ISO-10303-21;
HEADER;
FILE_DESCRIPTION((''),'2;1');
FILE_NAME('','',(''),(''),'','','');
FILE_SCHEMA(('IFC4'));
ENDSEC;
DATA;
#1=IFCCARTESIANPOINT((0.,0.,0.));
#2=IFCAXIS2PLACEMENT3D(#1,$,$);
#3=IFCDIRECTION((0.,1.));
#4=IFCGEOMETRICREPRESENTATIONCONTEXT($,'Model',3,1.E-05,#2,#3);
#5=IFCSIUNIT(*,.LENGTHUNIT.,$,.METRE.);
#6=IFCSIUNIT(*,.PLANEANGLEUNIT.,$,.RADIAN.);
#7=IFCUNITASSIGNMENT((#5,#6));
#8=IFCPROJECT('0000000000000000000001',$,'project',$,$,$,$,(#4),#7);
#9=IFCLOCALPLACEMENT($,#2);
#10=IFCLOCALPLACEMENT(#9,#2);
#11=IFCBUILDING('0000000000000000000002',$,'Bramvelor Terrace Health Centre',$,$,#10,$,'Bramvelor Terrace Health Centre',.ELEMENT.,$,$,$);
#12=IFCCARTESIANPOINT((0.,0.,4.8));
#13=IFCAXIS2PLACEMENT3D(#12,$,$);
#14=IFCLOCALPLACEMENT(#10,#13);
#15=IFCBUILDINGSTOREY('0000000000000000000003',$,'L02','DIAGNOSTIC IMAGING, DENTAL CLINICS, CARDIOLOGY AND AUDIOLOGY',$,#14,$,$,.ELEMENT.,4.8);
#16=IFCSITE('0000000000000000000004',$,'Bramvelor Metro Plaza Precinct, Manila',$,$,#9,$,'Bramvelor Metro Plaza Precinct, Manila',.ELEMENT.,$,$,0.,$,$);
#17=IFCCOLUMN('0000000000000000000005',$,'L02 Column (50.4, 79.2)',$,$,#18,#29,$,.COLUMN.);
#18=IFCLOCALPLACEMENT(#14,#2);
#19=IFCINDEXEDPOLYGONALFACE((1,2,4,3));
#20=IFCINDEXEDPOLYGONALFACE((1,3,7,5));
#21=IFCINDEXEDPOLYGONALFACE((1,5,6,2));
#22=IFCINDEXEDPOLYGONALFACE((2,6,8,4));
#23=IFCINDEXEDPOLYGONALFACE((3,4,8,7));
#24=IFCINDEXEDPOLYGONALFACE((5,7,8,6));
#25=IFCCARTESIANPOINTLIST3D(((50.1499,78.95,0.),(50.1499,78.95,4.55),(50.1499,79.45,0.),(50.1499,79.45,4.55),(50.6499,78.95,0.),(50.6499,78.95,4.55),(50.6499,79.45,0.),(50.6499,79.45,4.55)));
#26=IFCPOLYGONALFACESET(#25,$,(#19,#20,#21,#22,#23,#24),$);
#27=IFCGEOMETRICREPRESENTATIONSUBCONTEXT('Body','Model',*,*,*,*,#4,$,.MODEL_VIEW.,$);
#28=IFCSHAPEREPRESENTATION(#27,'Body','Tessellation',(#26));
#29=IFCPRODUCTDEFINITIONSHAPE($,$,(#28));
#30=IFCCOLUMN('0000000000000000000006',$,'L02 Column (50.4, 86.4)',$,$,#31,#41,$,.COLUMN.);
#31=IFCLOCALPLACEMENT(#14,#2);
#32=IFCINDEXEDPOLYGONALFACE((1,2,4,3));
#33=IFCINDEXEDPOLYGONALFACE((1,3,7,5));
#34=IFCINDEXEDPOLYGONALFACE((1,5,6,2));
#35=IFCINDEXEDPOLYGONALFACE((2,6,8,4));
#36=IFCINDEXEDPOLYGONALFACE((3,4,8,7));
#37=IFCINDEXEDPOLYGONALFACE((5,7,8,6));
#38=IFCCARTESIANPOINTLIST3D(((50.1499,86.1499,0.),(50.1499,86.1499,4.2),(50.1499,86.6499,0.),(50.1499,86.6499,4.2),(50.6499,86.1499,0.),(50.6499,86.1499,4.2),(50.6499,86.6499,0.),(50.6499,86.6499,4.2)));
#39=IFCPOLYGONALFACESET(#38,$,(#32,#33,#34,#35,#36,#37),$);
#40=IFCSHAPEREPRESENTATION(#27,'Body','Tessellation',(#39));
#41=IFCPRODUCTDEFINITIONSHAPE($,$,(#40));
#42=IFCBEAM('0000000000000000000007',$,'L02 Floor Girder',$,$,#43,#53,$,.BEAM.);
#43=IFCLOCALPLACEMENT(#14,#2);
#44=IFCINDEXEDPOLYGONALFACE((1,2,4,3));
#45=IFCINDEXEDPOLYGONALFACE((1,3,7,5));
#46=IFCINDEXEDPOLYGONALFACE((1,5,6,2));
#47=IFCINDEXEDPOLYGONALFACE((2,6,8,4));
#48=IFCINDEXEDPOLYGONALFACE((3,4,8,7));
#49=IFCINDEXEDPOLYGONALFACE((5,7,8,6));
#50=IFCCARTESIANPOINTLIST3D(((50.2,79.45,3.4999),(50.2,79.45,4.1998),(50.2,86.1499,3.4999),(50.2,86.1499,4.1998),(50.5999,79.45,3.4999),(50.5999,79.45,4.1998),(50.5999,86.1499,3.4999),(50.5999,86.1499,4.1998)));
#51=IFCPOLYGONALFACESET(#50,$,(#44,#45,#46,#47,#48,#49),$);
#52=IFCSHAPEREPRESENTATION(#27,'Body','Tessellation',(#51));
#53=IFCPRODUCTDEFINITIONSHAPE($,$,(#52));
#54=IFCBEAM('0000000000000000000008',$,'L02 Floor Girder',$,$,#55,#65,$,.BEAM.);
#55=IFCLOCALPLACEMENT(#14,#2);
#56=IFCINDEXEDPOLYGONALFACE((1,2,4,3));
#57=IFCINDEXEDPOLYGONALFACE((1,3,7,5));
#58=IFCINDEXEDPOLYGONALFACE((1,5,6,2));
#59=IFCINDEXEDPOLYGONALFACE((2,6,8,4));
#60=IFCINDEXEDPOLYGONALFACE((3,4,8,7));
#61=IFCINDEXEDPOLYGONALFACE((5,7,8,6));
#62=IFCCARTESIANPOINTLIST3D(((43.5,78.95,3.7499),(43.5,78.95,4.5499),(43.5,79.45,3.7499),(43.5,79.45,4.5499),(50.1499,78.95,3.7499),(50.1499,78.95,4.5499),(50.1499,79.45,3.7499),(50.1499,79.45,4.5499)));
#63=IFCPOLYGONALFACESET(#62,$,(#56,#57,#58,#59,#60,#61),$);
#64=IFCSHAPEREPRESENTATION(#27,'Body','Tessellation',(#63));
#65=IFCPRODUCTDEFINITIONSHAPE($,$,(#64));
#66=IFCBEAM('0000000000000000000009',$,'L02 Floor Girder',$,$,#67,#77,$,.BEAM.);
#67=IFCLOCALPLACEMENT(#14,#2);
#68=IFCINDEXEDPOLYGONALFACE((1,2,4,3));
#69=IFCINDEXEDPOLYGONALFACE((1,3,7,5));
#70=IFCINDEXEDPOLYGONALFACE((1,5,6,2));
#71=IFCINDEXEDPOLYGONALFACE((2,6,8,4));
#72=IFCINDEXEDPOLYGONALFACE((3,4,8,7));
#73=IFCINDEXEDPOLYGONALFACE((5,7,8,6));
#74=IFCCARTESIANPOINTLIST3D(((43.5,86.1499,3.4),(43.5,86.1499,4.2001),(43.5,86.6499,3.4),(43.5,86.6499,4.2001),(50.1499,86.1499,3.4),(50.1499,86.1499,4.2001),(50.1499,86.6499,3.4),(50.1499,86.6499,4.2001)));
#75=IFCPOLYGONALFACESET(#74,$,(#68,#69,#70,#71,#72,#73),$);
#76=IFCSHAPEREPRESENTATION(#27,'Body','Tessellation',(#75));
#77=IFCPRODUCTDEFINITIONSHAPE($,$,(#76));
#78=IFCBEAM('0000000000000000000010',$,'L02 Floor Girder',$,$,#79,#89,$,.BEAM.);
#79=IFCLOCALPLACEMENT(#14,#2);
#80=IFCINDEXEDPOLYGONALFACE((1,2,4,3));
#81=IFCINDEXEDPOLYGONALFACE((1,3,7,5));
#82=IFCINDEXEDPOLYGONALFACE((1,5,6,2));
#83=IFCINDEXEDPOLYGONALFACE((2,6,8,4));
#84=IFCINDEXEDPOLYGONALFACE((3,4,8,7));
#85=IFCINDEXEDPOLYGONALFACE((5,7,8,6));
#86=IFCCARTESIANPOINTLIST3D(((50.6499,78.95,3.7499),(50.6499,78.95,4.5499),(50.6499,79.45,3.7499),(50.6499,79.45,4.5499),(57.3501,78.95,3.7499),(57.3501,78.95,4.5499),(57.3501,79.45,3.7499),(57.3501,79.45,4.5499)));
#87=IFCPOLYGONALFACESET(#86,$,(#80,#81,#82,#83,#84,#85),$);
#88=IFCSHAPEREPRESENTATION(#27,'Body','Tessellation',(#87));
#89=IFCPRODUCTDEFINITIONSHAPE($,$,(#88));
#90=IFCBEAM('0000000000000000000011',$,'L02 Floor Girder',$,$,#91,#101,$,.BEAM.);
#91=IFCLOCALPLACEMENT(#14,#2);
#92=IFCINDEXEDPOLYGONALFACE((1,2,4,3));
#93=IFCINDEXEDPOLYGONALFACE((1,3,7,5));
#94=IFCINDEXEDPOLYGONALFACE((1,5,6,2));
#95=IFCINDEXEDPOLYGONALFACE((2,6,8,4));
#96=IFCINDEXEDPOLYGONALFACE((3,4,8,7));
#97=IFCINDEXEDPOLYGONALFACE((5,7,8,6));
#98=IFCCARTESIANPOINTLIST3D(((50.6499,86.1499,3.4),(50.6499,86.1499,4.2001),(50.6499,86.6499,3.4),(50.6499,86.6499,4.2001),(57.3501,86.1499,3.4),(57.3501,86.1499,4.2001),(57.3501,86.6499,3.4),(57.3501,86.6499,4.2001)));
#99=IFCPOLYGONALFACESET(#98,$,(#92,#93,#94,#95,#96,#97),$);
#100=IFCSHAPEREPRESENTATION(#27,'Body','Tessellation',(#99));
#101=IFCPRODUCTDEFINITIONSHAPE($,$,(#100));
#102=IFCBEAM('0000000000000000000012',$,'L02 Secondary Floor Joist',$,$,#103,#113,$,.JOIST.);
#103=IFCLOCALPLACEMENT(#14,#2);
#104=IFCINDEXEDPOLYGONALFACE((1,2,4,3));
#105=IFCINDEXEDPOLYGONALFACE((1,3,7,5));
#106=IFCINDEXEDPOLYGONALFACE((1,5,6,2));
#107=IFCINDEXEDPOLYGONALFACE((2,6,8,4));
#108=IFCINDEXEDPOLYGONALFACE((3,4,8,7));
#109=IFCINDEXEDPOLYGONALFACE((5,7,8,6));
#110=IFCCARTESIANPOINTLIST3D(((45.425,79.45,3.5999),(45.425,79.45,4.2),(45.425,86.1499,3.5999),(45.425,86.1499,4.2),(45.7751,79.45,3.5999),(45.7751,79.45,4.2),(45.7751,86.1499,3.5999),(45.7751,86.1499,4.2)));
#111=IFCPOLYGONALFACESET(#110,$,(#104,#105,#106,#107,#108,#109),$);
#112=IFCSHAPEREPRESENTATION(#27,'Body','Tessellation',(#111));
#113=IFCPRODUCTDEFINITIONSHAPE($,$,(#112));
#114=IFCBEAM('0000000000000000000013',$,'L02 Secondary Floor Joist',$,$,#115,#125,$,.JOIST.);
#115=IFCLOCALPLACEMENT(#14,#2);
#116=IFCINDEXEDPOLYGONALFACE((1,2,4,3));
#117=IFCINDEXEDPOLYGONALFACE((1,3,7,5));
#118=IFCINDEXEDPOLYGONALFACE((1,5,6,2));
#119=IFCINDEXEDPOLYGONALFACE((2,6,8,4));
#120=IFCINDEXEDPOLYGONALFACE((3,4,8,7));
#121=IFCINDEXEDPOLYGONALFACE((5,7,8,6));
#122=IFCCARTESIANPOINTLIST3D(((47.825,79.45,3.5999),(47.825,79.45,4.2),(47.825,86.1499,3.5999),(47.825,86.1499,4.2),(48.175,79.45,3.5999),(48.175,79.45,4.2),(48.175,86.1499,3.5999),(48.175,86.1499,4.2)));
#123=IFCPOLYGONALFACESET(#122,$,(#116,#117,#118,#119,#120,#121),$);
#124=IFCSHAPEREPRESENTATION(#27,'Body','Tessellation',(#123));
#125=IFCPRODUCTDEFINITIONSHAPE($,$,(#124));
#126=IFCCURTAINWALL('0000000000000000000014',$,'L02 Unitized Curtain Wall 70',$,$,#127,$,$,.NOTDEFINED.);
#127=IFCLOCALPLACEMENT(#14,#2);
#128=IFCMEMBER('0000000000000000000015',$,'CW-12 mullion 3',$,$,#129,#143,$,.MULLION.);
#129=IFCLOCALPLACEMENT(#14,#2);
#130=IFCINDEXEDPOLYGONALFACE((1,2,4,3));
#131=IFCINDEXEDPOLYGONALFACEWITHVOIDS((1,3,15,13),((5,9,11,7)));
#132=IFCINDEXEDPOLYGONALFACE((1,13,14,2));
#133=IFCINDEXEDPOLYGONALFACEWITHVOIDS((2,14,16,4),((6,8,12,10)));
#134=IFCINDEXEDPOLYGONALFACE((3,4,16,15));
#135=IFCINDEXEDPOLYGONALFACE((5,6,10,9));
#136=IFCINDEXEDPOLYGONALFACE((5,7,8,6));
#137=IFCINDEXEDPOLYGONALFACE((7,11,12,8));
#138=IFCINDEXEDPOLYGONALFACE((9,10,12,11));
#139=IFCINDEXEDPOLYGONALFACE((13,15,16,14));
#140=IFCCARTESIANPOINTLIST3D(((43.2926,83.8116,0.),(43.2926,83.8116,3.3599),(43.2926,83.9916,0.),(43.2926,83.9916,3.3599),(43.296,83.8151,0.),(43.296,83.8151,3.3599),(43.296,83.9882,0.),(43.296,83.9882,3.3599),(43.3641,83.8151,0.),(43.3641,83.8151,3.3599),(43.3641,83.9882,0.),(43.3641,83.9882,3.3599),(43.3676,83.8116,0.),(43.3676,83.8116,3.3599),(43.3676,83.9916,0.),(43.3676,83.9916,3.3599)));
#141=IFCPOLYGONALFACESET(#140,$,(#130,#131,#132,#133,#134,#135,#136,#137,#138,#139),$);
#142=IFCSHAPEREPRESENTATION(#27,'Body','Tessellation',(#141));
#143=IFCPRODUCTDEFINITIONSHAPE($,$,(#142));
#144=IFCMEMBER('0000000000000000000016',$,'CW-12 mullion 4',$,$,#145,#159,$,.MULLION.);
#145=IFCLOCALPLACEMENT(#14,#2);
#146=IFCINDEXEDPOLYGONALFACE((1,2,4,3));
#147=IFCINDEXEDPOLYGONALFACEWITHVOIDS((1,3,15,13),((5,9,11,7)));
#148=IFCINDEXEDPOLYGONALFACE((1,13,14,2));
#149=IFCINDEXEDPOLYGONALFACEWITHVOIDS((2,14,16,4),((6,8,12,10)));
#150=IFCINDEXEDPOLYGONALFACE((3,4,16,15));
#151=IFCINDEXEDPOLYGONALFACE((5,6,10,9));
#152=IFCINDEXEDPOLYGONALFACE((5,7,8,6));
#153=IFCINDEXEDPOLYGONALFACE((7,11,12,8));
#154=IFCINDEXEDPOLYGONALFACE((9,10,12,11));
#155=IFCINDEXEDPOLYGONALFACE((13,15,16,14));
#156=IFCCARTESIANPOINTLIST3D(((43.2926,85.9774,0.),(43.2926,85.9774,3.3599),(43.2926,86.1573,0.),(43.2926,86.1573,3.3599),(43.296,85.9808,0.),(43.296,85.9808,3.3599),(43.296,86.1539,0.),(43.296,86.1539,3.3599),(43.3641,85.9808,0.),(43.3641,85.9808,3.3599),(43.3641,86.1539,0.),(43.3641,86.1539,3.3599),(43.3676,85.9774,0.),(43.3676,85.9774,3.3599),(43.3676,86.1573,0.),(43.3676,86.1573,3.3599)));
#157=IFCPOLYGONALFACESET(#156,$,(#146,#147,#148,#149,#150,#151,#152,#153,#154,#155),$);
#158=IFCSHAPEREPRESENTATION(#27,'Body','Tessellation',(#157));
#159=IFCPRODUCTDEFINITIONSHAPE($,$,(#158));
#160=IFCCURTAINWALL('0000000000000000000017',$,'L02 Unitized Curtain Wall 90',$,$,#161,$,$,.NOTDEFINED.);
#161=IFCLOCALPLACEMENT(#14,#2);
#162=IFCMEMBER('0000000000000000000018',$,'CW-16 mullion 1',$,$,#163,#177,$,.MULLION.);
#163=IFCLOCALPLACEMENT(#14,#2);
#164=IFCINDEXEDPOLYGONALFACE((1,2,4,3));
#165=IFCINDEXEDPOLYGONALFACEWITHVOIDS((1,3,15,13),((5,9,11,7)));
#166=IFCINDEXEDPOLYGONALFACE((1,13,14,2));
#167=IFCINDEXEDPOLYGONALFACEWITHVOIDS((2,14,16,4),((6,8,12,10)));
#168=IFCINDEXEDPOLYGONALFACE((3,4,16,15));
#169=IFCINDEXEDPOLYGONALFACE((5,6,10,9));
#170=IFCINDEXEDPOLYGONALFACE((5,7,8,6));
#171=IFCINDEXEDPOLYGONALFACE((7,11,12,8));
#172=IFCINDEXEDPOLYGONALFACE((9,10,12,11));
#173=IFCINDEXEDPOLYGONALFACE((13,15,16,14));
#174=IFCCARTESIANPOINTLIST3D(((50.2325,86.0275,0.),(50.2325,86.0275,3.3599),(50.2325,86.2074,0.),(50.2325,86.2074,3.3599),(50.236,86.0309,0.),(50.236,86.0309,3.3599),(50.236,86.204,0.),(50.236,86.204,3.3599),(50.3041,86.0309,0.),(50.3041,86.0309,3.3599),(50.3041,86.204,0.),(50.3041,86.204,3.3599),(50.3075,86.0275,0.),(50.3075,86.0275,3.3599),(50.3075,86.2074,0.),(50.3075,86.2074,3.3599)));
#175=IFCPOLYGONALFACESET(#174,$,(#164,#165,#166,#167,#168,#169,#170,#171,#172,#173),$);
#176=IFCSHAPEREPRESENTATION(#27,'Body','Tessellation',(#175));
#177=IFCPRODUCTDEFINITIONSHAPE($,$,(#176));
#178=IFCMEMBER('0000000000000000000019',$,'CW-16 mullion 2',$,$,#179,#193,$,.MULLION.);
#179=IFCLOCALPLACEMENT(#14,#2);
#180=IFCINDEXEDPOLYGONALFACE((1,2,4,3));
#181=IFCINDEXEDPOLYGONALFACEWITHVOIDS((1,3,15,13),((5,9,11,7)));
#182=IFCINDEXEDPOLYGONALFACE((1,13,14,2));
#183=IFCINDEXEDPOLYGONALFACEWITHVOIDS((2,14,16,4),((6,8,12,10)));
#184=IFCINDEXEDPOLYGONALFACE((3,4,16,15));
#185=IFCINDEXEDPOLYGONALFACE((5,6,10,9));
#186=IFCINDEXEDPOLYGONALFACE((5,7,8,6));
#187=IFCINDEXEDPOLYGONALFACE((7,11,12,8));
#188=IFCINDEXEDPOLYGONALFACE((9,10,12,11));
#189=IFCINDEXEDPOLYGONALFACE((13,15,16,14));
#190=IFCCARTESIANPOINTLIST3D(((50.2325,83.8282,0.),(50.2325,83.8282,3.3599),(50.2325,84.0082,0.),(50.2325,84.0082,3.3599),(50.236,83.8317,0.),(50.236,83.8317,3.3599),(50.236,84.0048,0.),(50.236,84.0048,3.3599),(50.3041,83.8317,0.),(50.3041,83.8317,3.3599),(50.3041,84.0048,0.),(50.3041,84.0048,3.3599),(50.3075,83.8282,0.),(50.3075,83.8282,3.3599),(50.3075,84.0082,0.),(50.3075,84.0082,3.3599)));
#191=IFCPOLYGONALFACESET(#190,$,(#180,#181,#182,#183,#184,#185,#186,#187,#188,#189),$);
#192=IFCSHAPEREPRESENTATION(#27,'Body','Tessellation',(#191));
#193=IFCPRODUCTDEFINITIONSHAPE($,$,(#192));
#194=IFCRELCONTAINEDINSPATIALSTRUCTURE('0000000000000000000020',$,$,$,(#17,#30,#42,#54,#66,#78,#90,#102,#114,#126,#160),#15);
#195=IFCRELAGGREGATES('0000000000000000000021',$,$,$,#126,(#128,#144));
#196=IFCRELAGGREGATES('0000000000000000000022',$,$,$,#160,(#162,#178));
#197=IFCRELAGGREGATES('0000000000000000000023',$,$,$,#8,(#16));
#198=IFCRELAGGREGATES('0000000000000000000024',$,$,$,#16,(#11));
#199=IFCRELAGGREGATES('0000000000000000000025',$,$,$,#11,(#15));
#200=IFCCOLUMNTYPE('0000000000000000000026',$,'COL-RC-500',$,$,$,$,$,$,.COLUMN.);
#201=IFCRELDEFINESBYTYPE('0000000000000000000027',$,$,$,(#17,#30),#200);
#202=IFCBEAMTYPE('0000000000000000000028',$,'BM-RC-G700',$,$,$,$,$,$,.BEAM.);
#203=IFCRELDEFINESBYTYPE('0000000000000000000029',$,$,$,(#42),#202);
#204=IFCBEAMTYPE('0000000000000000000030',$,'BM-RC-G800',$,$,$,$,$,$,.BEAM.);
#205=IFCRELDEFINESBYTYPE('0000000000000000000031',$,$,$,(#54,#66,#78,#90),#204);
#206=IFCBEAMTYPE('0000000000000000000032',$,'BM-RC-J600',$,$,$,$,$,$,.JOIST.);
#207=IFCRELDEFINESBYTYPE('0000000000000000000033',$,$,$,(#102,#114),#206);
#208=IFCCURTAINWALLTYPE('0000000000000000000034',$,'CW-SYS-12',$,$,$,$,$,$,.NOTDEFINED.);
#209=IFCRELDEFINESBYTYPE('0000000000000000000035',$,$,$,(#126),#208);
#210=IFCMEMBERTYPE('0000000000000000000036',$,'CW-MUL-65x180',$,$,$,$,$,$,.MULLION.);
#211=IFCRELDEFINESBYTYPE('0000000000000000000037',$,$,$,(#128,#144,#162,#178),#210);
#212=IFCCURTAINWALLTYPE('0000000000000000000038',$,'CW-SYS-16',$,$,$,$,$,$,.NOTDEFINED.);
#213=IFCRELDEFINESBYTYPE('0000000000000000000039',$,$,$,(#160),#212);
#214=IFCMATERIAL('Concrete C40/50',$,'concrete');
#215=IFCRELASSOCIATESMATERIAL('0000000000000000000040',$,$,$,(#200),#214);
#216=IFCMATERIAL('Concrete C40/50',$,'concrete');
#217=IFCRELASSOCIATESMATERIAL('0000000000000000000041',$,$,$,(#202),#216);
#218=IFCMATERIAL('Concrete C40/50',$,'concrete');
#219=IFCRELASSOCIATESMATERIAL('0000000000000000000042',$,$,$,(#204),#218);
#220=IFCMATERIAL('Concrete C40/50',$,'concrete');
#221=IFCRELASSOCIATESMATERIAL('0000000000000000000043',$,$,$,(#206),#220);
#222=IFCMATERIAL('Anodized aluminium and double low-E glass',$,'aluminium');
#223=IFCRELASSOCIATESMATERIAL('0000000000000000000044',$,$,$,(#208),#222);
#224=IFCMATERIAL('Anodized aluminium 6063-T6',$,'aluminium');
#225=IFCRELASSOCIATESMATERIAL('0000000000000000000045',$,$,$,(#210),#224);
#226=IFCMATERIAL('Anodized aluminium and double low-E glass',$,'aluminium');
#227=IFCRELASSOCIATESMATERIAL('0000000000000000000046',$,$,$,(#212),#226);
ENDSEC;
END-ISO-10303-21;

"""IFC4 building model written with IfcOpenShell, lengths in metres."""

from ifc_helpers import new_model, si_unit, direction, frame, origin, origin_2d, place, context, subcontext, project, spatial, rectangle, hollow_rectangle, extrude, material, material_profile, profile_set, type_object, element, aggregate, save


model = new_model("IFC4")

# Units and contexts
model_context = context("Model", 3, precision=1e-05, world=origin(), true_north=direction((0.0, 1.0)))
body_context = subcontext(model_context, "Body", "Model", "MODEL_VIEW")
ifc_project = project(units=[si_unit("LENGTHUNIT", "METRE"), si_unit("PLANEANGLEUNIT", "RADIAN")], contexts=[model_context])

# Site, building, storey
site_placement = place(None, origin())
site = spatial("IfcSite", under=ifc_project, at=site_placement, Name="Bramvelor Metro Plaza Precinct, Manila", LongName="Bramvelor Metro Plaza Precinct, Manila", CompositionType="ELEMENT", RefElevation=0.0)
building_placement = place(site_placement, origin())
building = spatial("IfcBuilding", under=site, at=building_placement, Name="Bramvelor Terrace Health Centre", LongName="Bramvelor Terrace Health Centre", CompositionType="ELEMENT")
storey_placement = place(building_placement, frame((0.0, 0.0, 4.8)))
storey = spatial("IfcBuildingStorey", under=building, at=storey_placement, Name="L02", Description="DIAGNOSTIC IMAGING, DENTAL CLINICS, CARDIOLOGY AND AUDIOLOGY", CompositionType="ELEMENT", Elevation=4.8)

# Columns
ifc_material_1 = material(Name="Concrete C40/50", Category="concrete")
ifc_material_profile_1 = material_profile(ifc_material_1, rectangle(XDim=0.5, YDim=0.5, at=origin_2d()), Name="RC 500x500")
ifc_profile_set_1 = profile_set([ifc_material_profile_1], Name="Concrete C40/50")
column_type = type_object("IfcColumnType", Name="COL-RC-500", PredefinedType="COLUMN", material=ifc_profile_set_1)
column_1_placement = place(storey_placement, frame((50.3999, 79.2, 0.0), z_axis=(0.0, 0.0, 1.0), x_axis=(1.0, 0.0, 0.0)))
element("IfcColumn", 1, at=column_1_placement, inside=storey, type_object=column_type, Name="L02 Column (50.4, 79.2)", PredefinedType="COLUMN", context=body_context, shape_type="SweptSolid", body=[
    extrude(rectangle(XDim=0.5, YDim=0.5, at=origin_2d()), origin(), (0.0, 0.0, 1.0), 4.55),
])
column_2_placement = place(storey_placement, frame((50.3999, 86.3999, 0.0), z_axis=(0.0, 0.0, 1.0), x_axis=(1.0, 0.0, 0.0)))
element("IfcColumn", 2, at=column_2_placement, inside=storey, type_object=column_type, Name="L02 Column (50.4, 86.4)", PredefinedType="COLUMN", context=body_context, shape_type="SweptSolid", body=[
    extrude(rectangle(XDim=0.5, YDim=0.5, at=origin_2d()), origin(), (0.0, 0.0, 1.0), 4.2),
])

# Beams
ifc_material_2 = material(Name="Concrete C40/50", Category="concrete")
ifc_material_profile_2 = material_profile(ifc_material_2, rectangle(XDim=0.3999, YDim=0.7, at=origin_2d()), Name="RC 400x700")
ifc_profile_set_2 = profile_set([ifc_material_profile_2], Name="Concrete C40/50")
beam_type_1 = type_object("IfcBeamType", Name="BM-RC-G700", PredefinedType="BEAM", material=ifc_profile_set_2)
beam_placement = place(storey_placement, frame((50.3999, 79.45, 3.8499), z_axis=(0.0, 1.0, 0.0), x_axis=(-1.0, 0.0, 0.0)))
element("IfcBeam", 3, at=beam_placement, inside=storey, type_object=beam_type_1, Name="L02 Floor Girder", PredefinedType="BEAM", context=body_context, shape_type="SweptSolid", body=[
    extrude(rectangle(XDim=0.3999, YDim=0.7, at=origin_2d()), origin(), (0.0, 0.0, 1.0), 6.7),
])
ifc_material_3 = material(Name="Concrete C40/50", Category="concrete")
ifc_material_profile_3 = material_profile(ifc_material_3, rectangle(XDim=0.5, YDim=0.8, at=origin_2d()), Name="RC 500x800")
ifc_profile_set_3 = profile_set([ifc_material_profile_3], Name="Concrete C40/50")
beam_type_2 = type_object("IfcBeamType", Name="BM-RC-G800", PredefinedType="BEAM", material=ifc_profile_set_3)
for number, where, z_axis, x_axis, name in (
    (4, (43.5, 79.2, 4.1499), (1.0, 0.0, 0.0), (0.0, 1.0, 0.0), "L02 Floor Girder"),
    (5, (43.5, 86.3999, 3.8), (1.0, 0.0, 0.0), (0.0, 1.0, 0.0), "L02 Floor Girder"),
):
    element("IfcBeam", number, at=place(storey_placement, frame(where, z_axis=z_axis, x_axis=x_axis)), inside=storey, type_object=beam_type_2, Name=name, PredefinedType="BEAM", context=body_context, shape_type="SweptSolid", body=[
        extrude(rectangle(XDim=0.5, YDim=0.8, at=origin_2d()), origin(), (0.0, 0.0, 1.0), 6.6499),
    ])
for number, where, z_axis, x_axis, name in (
    (6, (50.6499, 79.2, 4.1499), (1.0, 0.0, 0.0), (0.0, 1.0, 0.0), "L02 Floor Girder"),
    (7, (50.6499, 86.3999, 3.8), (1.0, 0.0, 0.0), (0.0, 1.0, 0.0), "L02 Floor Girder"),
):
    element("IfcBeam", number, at=place(storey_placement, frame(where, z_axis=z_axis, x_axis=x_axis)), inside=storey, type_object=beam_type_2, Name=name, PredefinedType="BEAM", context=body_context, shape_type="SweptSolid", body=[
        extrude(rectangle(XDim=0.5, YDim=0.8, at=origin_2d()), origin(), (0.0, 0.0, 1.0), 6.7002),
    ])
ifc_material_4 = material(Name="Concrete C40/50", Category="concrete")
ifc_material_profile_4 = material_profile(ifc_material_4, rectangle(XDim=0.3501, YDim=0.6001, at=origin_2d()), Name="RC 350x600")
ifc_profile_set_4 = profile_set([ifc_material_profile_4], Name="Concrete C40/50")
beam_type_3 = type_object("IfcBeamType", Name="BM-RC-J600", PredefinedType="JOIST", material=ifc_profile_set_4)
for number, where, z_axis, x_axis, name in (
    (8, (45.6001, 79.45, 3.8999), (0.0, 1.0, 0.0), (-1.0, 0.0, 0.0), "L02 Secondary Floor Joist"),
    (9, (48.0, 79.45, 3.8999), (0.0, 1.0, 0.0), (-1.0, 0.0, 0.0), "L02 Secondary Floor Joist"),
):
    element("IfcBeam", number, at=place(storey_placement, frame(where, z_axis=z_axis, x_axis=x_axis)), inside=storey, type_object=beam_type_3, Name=name, PredefinedType="JOIST", context=body_context, shape_type="SweptSolid", body=[
        extrude(rectangle(XDim=0.3501, YDim=0.6001, at=origin_2d()), origin(), (0.0, 0.0, 1.0), 6.7),
    ])

# Curtain walls, members
ifc_material_5 = material(Name="Anodized aluminium and double low-E glass", Category="aluminium")
curtain_wall_type_1 = type_object("IfcCurtainWallType", Name="CW-SYS-12", PredefinedType="NOTDEFINED", material=ifc_material_5)
curtain_wall_1_placement = place(storey_placement, origin())
curtain_wall_1 = element("IfcCurtainWall", 10, at=curtain_wall_1_placement, inside=storey, type_object=curtain_wall_type_1, Name="L02 Unitized Curtain Wall 70", PredefinedType="NOTDEFINED")
ifc_material_6 = material(Name="Anodized aluminium 6063-T6", Category="aluminium")
ifc_material_profile_5 = material_profile(ifc_material_6, hollow_rectangle(XDim=0.075, YDim=0.1799, WallThickness=0.0034, at=origin_2d()), Name="ALU-MUL 75x180x3.5")
ifc_profile_set_5 = profile_set([ifc_material_profile_5], Name="Anodized aluminium 6063-T6")
member_type_1 = type_object("IfcMemberType", Name="CW-MUL-65x180", PredefinedType="MULLION", material=ifc_profile_set_5)
member_1_placement = place(storey_placement, frame((43.3301, 83.9016, 0.0), z_axis=(0.0, 0.0, 1.0), x_axis=(-1.0, 0.0, 0.0)))
member_1 = element("IfcMember", 11, at=member_1_placement, type_object=member_type_1, Name="CW-12 mullion 3", PredefinedType="MULLION", context=body_context, shape_type="SweptSolid", body=[
    extrude(hollow_rectangle(XDim=0.075, YDim=0.1799, WallThickness=0.0034, at=origin_2d()), origin(), (0.0, 0.0, 1.0), 3.3599),
])
member_2_placement = place(storey_placement, frame((43.3301, 86.0674, 0.0), z_axis=(0.0, 0.0, 1.0), x_axis=(-1.0, 0.0, 0.0)))
member_2 = element("IfcMember", 12, at=member_2_placement, type_object=member_type_1, Name="CW-12 mullion 4", PredefinedType="MULLION", context=body_context, shape_type="SweptSolid", body=[
    extrude(hollow_rectangle(XDim=0.075, YDim=0.1799, WallThickness=0.0034, at=origin_2d()), origin(), (0.0, 0.0, 1.0), 3.3599),
])
ifc_material_7 = material(Name="Anodized aluminium and double low-E glass", Category="aluminium")
curtain_wall_type_2 = type_object("IfcCurtainWallType", Name="CW-SYS-16", PredefinedType="NOTDEFINED", material=ifc_material_7)
curtain_wall_2_placement = place(storey_placement, origin())
curtain_wall_2 = element("IfcCurtainWall", 13, at=curtain_wall_2_placement, inside=storey, type_object=curtain_wall_type_2, Name="L02 Unitized Curtain Wall 90", PredefinedType="NOTDEFINED")
member_3_placement = place(storey_placement, frame((50.27, 86.1174, 0.0), z_axis=(0.0, 0.0, 1.0), x_axis=(1.0, 0.0, 0.0)))
member_3 = element("IfcMember", 14, at=member_3_placement, type_object=member_type_1, Name="CW-16 mullion 1", PredefinedType="MULLION", context=body_context, shape_type="SweptSolid", body=[
    extrude(hollow_rectangle(XDim=0.075, YDim=0.1799, WallThickness=0.0034, at=origin_2d()), origin(), (0.0, 0.0, 1.0), 3.3599),
])
member_4_placement = place(storey_placement, frame((50.27, 83.9182, 0.0), z_axis=(0.0, 0.0, 1.0), x_axis=(1.0, 0.0, 0.0)))
member_4 = element("IfcMember", 15, at=member_4_placement, type_object=member_type_1, Name="CW-16 mullion 2", PredefinedType="MULLION", context=body_context, shape_type="SweptSolid", body=[
    extrude(hollow_rectangle(XDim=0.075, YDim=0.1799, WallThickness=0.0034, at=origin_2d()), origin(), (0.0, 0.0, 1.0), 3.3599),
])

aggregate(curtain_wall_1, [member_1, member_2])
aggregate(curtain_wall_2, [member_3, member_4])

save(model, "model.ifc")
